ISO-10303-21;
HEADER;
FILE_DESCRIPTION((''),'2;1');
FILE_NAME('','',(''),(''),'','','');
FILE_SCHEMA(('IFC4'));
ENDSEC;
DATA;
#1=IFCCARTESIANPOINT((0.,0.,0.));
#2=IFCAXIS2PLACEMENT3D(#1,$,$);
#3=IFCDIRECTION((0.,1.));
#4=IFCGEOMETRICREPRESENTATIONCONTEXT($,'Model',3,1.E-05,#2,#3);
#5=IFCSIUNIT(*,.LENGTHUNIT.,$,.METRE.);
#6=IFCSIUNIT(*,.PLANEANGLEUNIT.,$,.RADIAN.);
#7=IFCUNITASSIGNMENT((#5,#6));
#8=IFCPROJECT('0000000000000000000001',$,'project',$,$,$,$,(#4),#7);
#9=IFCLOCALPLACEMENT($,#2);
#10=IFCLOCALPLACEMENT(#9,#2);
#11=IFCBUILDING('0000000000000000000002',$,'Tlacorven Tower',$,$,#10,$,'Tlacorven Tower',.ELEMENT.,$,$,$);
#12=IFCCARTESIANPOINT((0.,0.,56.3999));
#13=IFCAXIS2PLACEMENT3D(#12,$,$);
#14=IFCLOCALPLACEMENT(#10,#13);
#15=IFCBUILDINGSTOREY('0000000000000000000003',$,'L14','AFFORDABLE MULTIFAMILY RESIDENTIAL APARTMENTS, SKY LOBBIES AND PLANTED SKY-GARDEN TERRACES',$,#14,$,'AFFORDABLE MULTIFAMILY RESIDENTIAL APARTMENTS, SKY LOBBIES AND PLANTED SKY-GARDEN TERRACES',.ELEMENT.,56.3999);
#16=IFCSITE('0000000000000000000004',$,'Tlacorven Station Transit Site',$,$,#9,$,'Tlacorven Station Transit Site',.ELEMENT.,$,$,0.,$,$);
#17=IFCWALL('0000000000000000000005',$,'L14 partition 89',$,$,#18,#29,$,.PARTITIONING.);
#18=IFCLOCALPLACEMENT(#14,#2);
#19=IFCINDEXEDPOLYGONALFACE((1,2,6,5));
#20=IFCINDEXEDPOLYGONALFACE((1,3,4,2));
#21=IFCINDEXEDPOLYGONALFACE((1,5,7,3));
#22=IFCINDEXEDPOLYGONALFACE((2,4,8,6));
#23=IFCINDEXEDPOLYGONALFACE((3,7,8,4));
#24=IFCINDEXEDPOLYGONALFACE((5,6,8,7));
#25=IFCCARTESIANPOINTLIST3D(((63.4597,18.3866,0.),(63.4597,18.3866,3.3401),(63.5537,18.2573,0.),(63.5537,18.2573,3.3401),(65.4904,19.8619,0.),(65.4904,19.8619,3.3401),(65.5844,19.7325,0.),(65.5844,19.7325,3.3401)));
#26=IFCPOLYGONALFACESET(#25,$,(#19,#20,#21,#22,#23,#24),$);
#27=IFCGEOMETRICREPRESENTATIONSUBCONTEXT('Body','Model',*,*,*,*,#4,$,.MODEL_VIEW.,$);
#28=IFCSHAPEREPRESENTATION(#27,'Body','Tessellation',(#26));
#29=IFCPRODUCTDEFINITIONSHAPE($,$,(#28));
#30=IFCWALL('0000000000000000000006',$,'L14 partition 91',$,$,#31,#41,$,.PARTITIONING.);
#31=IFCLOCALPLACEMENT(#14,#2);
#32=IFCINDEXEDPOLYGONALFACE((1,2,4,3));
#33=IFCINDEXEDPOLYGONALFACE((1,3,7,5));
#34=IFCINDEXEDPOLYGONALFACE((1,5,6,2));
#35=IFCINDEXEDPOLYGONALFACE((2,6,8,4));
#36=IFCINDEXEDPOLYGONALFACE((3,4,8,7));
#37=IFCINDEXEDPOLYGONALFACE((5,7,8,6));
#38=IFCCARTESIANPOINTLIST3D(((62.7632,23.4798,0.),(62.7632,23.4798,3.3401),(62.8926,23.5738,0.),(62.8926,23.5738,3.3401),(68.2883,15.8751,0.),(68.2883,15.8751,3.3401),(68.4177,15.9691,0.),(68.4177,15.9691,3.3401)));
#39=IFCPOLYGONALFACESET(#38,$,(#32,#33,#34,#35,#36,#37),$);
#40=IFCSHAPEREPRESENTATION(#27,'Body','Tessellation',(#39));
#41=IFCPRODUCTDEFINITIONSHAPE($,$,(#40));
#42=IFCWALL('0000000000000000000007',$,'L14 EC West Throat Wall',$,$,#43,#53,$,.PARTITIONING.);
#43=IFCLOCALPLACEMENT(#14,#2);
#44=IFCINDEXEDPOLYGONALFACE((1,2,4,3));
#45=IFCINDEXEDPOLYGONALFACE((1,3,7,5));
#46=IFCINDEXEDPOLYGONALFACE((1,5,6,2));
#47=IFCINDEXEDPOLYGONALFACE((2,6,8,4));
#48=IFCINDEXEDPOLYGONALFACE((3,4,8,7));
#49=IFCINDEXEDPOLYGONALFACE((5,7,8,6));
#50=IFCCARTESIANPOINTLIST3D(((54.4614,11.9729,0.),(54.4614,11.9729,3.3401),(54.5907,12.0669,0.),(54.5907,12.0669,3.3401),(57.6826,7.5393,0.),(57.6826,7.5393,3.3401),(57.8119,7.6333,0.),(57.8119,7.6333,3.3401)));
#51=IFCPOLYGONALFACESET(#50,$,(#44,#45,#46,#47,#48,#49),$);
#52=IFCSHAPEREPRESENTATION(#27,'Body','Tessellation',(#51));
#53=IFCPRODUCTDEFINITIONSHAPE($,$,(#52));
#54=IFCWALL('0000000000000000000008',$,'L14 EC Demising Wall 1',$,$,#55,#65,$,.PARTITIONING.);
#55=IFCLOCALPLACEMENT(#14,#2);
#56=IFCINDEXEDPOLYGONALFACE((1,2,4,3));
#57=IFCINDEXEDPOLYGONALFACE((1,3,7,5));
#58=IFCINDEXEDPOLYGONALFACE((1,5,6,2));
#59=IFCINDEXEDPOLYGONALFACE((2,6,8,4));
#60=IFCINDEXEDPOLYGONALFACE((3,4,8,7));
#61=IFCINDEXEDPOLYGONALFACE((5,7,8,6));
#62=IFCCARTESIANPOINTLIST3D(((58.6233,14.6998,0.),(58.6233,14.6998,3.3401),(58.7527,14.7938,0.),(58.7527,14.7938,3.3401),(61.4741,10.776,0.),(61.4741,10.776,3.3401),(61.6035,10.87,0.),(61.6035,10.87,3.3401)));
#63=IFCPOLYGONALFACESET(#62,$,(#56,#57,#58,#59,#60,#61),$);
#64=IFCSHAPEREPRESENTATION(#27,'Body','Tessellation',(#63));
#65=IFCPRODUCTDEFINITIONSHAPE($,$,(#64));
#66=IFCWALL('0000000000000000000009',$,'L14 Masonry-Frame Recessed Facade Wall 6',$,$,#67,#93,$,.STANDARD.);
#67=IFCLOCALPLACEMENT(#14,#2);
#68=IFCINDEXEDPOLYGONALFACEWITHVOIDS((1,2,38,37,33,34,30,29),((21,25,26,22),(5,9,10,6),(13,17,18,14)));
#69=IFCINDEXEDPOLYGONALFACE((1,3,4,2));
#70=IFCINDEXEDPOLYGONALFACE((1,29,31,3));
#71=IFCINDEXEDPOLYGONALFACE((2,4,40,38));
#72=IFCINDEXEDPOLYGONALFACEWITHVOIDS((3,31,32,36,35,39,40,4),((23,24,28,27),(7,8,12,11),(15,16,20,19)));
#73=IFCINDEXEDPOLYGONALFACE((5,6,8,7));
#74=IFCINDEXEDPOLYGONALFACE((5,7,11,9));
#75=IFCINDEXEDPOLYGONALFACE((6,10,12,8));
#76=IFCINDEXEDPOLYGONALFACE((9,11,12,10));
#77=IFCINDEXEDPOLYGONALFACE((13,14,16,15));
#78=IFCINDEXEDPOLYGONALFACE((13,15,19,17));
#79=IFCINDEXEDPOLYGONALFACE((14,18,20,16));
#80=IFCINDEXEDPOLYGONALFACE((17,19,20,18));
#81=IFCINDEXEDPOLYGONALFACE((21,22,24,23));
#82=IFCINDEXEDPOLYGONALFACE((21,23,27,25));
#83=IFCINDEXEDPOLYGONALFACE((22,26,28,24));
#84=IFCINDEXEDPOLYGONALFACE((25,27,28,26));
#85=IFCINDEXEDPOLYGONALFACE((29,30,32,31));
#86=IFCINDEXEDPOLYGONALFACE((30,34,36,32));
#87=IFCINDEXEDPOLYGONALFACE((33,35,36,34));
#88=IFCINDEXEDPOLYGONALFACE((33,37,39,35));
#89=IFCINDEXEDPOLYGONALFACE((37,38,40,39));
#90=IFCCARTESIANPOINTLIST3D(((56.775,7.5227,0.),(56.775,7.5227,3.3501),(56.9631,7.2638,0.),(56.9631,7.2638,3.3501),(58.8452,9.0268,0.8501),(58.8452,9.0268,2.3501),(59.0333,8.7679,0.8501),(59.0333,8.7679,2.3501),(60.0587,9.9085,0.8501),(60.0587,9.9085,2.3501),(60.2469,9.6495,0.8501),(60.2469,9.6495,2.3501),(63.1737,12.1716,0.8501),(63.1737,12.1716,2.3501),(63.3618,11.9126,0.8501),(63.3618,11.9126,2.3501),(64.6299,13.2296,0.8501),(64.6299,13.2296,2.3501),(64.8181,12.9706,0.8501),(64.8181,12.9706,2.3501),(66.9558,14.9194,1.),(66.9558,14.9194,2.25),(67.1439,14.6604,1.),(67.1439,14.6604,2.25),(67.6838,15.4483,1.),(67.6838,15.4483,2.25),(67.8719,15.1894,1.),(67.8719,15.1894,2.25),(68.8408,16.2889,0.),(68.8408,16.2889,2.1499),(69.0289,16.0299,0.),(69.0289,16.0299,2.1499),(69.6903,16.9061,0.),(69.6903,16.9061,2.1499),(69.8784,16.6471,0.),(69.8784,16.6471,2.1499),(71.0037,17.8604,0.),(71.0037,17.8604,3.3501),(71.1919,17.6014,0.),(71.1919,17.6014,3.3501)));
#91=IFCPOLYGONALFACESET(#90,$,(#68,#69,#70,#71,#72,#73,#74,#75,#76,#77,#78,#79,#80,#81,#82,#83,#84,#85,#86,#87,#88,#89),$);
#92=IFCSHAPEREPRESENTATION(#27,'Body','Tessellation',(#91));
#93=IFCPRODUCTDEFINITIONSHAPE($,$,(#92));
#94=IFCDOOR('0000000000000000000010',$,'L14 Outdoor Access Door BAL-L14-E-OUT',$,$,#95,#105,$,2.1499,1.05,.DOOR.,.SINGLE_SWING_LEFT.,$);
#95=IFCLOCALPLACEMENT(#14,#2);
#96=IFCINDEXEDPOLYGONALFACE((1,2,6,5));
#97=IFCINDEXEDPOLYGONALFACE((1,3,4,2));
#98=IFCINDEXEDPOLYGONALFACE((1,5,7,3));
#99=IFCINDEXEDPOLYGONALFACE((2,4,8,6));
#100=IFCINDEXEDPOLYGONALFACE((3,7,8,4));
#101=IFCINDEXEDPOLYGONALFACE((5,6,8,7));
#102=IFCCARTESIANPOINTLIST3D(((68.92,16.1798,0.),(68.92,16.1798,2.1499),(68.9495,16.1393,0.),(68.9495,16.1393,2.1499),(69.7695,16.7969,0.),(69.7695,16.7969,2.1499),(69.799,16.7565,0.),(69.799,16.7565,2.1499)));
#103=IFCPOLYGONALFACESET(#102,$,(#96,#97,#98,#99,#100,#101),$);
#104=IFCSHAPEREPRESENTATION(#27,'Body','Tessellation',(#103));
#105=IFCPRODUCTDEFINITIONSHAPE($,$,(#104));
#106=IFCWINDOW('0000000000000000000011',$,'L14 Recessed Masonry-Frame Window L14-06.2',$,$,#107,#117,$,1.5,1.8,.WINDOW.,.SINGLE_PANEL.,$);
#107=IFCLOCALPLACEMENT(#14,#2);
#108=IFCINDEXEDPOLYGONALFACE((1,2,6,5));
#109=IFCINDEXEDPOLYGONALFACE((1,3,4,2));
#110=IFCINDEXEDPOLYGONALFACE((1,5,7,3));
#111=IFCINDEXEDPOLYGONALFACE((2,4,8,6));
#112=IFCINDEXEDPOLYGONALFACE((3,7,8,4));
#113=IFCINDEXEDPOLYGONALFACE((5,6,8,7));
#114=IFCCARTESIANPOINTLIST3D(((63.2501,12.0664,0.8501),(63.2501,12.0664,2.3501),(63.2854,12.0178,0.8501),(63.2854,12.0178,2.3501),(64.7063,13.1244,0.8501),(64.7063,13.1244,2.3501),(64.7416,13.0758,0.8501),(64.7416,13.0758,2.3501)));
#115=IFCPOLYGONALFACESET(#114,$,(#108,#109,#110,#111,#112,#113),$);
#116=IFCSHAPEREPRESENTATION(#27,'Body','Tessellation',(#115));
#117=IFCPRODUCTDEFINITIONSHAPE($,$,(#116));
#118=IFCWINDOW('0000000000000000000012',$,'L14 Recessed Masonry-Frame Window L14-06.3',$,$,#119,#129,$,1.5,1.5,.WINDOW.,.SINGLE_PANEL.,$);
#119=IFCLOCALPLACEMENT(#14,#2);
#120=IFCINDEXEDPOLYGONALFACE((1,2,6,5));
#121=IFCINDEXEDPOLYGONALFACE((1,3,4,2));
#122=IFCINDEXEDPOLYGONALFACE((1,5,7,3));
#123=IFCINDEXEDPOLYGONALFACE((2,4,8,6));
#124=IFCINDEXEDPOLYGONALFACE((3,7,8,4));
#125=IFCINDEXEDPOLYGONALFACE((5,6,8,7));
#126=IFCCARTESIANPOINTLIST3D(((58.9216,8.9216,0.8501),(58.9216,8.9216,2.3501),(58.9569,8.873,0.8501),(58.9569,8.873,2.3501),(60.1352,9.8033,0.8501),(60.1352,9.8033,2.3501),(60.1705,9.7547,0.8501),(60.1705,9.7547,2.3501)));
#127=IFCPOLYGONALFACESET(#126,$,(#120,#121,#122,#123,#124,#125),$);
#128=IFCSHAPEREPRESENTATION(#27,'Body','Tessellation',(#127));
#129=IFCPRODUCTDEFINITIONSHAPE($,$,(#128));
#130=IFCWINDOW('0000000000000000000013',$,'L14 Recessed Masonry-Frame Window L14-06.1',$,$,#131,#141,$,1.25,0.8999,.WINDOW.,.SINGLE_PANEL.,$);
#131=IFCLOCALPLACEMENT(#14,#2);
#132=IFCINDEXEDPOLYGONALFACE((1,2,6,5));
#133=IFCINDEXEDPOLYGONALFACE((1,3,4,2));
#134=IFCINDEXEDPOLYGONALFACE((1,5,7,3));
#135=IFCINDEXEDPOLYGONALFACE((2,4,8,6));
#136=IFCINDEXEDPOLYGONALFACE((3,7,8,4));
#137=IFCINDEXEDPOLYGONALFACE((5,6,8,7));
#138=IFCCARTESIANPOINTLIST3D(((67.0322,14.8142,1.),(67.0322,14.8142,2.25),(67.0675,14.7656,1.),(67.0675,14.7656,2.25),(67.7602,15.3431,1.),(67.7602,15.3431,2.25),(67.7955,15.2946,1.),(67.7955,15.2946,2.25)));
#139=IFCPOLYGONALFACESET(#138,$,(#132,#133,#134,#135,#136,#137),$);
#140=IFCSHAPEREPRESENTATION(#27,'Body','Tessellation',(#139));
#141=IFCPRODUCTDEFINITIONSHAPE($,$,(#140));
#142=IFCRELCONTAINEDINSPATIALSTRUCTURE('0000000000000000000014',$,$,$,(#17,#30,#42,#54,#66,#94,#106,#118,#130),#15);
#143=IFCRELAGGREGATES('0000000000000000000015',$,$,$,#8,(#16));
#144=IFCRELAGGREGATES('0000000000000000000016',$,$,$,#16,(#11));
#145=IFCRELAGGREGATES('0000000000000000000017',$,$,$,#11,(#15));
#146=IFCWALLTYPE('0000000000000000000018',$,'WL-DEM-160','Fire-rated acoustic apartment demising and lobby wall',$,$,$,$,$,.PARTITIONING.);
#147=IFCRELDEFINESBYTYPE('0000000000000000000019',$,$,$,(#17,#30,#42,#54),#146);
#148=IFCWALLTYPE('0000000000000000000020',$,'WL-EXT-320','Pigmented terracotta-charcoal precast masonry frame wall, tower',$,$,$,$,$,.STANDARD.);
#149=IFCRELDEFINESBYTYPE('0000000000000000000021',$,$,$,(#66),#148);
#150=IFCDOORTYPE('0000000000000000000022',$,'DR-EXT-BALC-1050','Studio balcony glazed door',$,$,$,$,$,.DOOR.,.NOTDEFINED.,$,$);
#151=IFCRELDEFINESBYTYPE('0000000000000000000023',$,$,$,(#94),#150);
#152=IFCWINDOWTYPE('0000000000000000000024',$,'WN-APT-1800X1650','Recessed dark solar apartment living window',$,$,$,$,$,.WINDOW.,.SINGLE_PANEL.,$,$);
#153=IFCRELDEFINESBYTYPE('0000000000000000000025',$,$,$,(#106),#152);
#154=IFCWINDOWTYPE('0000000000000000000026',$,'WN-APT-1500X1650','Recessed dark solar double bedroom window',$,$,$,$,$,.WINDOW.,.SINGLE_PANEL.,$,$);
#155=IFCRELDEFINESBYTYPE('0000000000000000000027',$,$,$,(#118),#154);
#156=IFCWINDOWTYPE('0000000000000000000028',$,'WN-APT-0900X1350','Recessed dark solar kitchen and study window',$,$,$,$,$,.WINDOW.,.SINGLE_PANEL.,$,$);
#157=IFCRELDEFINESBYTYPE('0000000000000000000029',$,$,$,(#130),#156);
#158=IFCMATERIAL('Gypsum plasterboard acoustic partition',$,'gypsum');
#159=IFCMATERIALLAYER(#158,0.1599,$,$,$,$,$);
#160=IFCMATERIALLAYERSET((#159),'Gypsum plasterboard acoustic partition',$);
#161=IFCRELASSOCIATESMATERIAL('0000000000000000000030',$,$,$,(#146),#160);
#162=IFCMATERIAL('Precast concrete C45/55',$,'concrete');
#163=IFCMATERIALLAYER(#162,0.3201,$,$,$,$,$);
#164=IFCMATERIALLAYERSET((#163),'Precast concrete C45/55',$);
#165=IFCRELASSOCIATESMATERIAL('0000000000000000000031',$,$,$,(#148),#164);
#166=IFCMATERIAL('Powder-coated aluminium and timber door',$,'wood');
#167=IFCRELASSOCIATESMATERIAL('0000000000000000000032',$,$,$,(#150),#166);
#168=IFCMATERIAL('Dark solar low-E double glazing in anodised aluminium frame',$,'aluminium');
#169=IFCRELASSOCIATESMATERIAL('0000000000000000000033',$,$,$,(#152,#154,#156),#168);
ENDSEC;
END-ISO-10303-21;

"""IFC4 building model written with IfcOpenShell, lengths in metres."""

from ifc_helpers import new_model, si_unit, direction, frame, frame_2d, origin, place, context, subcontext, project, spatial, rectangle, extrude, source, transform, mapped, material, layer, layer_set, type_object, element, fill, save


model = new_model("IFC4")

# Units and contexts
model_context = context("Model", 3, precision=1e-05, world=origin(), true_north=direction((0.0, 1.0)))
body_context = subcontext(model_context, "Body", "Model", "MODEL_VIEW")
ifc_project = project(units=[si_unit("LENGTHUNIT", "METRE"), si_unit("PLANEANGLEUNIT", "RADIAN")], contexts=[model_context])

# Site, building, storey
site_placement = place(None, origin())
site = spatial("IfcSite", under=ifc_project, at=site_placement, Name="Tlacorven Station Transit Site", LongName="Tlacorven Station Transit Site", CompositionType="ELEMENT", RefElevation=0.0)
building_placement = place(site_placement, origin())
building = spatial("IfcBuilding", under=site, at=building_placement, Name="Tlacorven Tower", LongName="Tlacorven Tower", CompositionType="ELEMENT")
storey_placement = place(building_placement, frame((0.0, 0.0, 56.3999)))
storey = spatial("IfcBuildingStorey", under=building, at=storey_placement, Name="L14", Description="AFFORDABLE MULTIFAMILY RESIDENTIAL APARTMENTS, SKY LOBBIES AND PLANTED SKY-GARDEN TERRACES", LongName="AFFORDABLE MULTIFAMILY RESIDENTIAL APARTMENTS, SKY LOBBIES AND PLANTED SKY-GARDEN TERRACES", CompositionType="ELEMENT", Elevation=56.3999)

# Walls
ifc_material_1 = material(Name="Gypsum plasterboard acoustic partition", Category="gypsum")
ifc_layer_1 = layer(ifc_material_1, 0.1599)
ifc_layer_set_1 = layer_set([ifc_layer_1], Name="Gypsum plasterboard acoustic partition")
wall_type_1 = type_object("IfcWallType", Name="WL-DEM-160", Description="Fire-rated acoustic apartment demising and lobby wall", PredefinedType="PARTITIONING", material=ifc_layer_set_1)
wall_1_placement = place(storey_placement, frame((63.5068, 18.322, 0.0), z_axis=(0.0, 0.0, 1.0), x_axis=(0.809035, 0.587761, 0.0)))
element("IfcWall", 1, at=wall_1_placement, inside=storey, type_object=wall_type_1, Name="L14 partition 89", PredefinedType="PARTITIONING", context=body_context, shape_type="SweptSolid", body=[
    extrude(rectangle(XDim=2.51, YDim=0.1599, at=frame_2d((1.2549, 0.0))), origin(), (0.0, 0.0, 1.0), 3.3401),
])
wall_2_placement = place(storey_placement, frame((68.353, 15.9221, 0.0), z_axis=(0.0, 0.0, 1.0), x_axis=(-0.587784, 0.809018, 0.0)))
element("IfcWall", 2, at=wall_2_placement, inside=storey, type_object=wall_type_1, Name="L14 partition 91", PredefinedType="PARTITIONING", context=body_context, shape_type="SweptSolid", body=[
    extrude(rectangle(XDim=9.3999, YDim=0.1599, at=frame_2d((4.7, 0.0))), origin(), (0.0, 0.0, 1.0), 3.3401),
])
wall_3_placement = place(storey_placement, frame((57.7473, 7.5862, 0.0), z_axis=(0.0, 0.0, 1.0), x_axis=(-0.587785, 0.809017, 0.0)))
element("IfcWall", 3, at=wall_3_placement, inside=storey, type_object=wall_type_1, Name="L14 EC West Throat Wall", PredefinedType="PARTITIONING", context=body_context, shape_type="SweptSolid", body=[
    extrude(rectangle(XDim=5.4802, YDim=0.1599, at=frame_2d((2.7402, 0.0))), origin(), (0.0, 0.0, 1.0), 3.3401),
])
wall_4_placement = place(storey_placement, frame((61.5388, 10.823, 0.0), z_axis=(0.0, 0.0, 1.0), x_axis=(-0.587786, 0.809017, 0.0)))
element("IfcWall", 4, at=wall_4_placement, inside=storey, type_object=wall_type_1, Name="L14 EC Demising Wall 1", PredefinedType="PARTITIONING", context=body_context, shape_type="SweptSolid", body=[
    extrude(rectangle(XDim=4.8501, YDim=0.1599, at=frame_2d((2.425, 0.0))), origin(), (0.0, 0.0, 1.0), 3.3401),
])

# Wall, openings, door, windows
ifc_material_2 = material(Name="Precast concrete C45/55", Category="concrete")
ifc_layer_2 = layer(ifc_material_2, 0.3201)
ifc_layer_set_2 = layer_set([ifc_layer_2], Name="Precast concrete C45/55")
wall_type_2 = type_object("IfcWallType", Name="WL-EXT-320", Description="Pigmented terracotta-charcoal precast masonry frame wall, tower", PredefinedType="STANDARD", material=ifc_layer_set_2)
wall_5_placement = place(storey_placement, frame((71.0979, 17.731, 0.0), z_axis=(0.0, 0.0, 1.0), x_axis=(-0.809021, -0.58778, 0.0)))
wall_5 = element("IfcWall", 5, at=wall_5_placement, inside=storey, type_object=wall_type_2, Name="L14 Masonry-Frame Recessed Facade Wall 6", PredefinedType="STANDARD", context=body_context, shape_type="SweptSolid", body=[
    extrude(rectangle(XDim=17.5876, YDim=0.3201, at=frame_2d((8.7939, 0.0))), origin(), (0.0, 0.0, 1.0), 3.3501),
])
opening_1_placement = place(wall_5_placement, frame((1.6238, 0.0, 0.0)))
opening_1 = element("IfcOpeningElement", 6, at=opening_1_placement, cuts=wall_5, PredefinedType="OPENING", context=body_context, shape_type="SweptSolid", body=[
    extrude(rectangle(XDim=1.05, YDim=2.1499, at=frame_2d((0.5249, 1.075))), frame((0.0, 0.1699, 0.0), z_axis=(0.0, -1.0, 0.0), x_axis=(1.0, 0.0, 0.0)), (0.0, 0.0, 1.0), 0.3401),
])
opening_2_placement = place(wall_5_placement, frame((4.1038, 0.0, 1.0)))
opening_2 = element("IfcOpeningElement", 7, at=opening_2_placement, cuts=wall_5, PredefinedType="OPENING", context=body_context, shape_type="SweptSolid", body=[
    extrude(rectangle(XDim=0.8999, YDim=1.25, at=frame_2d((0.45, 0.625))), frame((0.0, 0.1699, 0.0), z_axis=(0.0, -1.0, 0.0), x_axis=(1.0, 0.0, 0.0)), (0.0, 0.0, 1.0), 0.3401),
])
opening_3_placement = place(wall_5_placement, frame((7.8787, 0.0, 0.8501)))
opening_3 = element("IfcOpeningElement", 8, at=opening_3_placement, cuts=wall_5, PredefinedType="OPENING", context=body_context, shape_type="SweptSolid", body=[
    extrude(rectangle(XDim=1.8, YDim=1.5, at=frame_2d((0.8999, 0.75))), frame((0.0, 0.1699, 0.0), z_axis=(0.0, -1.0, 0.0), x_axis=(1.0, 0.0, 0.0)), (0.0, 0.0, 1.0), 0.3401),
])
opening_4_placement = place(wall_5_placement, frame((13.5288, 0.0, 0.8501)))
opening_4 = element("IfcOpeningElement", 9, at=opening_4_placement, cuts=wall_5, PredefinedType="OPENING", context=body_context, shape_type="SweptSolid", body=[
    extrude(rectangle(XDim=1.5, YDim=1.5, at=frame_2d((0.75, 0.75))), frame((0.0, 0.1699, 0.0), z_axis=(0.0, -1.0, 0.0), x_axis=(1.0, 0.0, 0.0)), (0.0, 0.0, 1.0), 0.3401),
])
ifc_material_3 = material(Name="Powder-coated aluminium and timber door", Category="wood")
door_type = type_object("IfcDoorType", Name="DR-EXT-BALC-1050", Description="Studio balcony glazed door", OperationType="NOTDEFINED", PredefinedType="DOOR", material=ifc_material_3)
shared_shape_1 = source(origin(), body_context, "Body", "SweptSolid", [
    extrude(rectangle(XDim=1.05, YDim=2.1499, at=frame_2d((0.5249, 1.075))), frame((0.0, 0.0249, 0.0), z_axis=(0.0, -1.0, 0.0), x_axis=(1.0, 0.0, 0.0)), (0.0, 0.0, 1.0), 0.05),
])
door_placement = place(opening_1_placement, origin())
door = element("IfcDoor", 10, at=door_placement, inside=storey, type_object=door_type, Name="L14 Outdoor Access Door BAL-L14-E-OUT", OperationType="SINGLE_SWING_LEFT", OverallHeight=2.1499, OverallWidth=1.05, PredefinedType="DOOR", context=body_context, shape_type="MappedRepresentation", body=[
    mapped(shared_shape_1, transform((0.0, 0.0, 0.0), scale=1.0)),
])
fill(opening_1, door)
ifc_material_4 = material(Name="Dark solar low-E double glazing in anodised aluminium frame", Category="aluminium")
window_type_1 = type_object("IfcWindowType", Name="WN-APT-1800X1650", Description="Recessed dark solar apartment living window", PartitioningType="SINGLE_PANEL", PredefinedType="WINDOW", material=ifc_material_4)
shared_shape_2 = source(origin(), body_context, "Body", "SweptSolid", [
    extrude(rectangle(XDim=1.8, YDim=1.5, at=frame_2d((0.8999, 0.75))), frame((0.0, 0.03, 0.0), z_axis=(0.0, -1.0, 0.0), x_axis=(1.0, 0.0, 0.0)), (0.0, 0.0, 1.0), 0.0601),
])
window_1_placement = place(opening_3_placement, origin())
window_1 = element("IfcWindow", 11, at=window_1_placement, inside=storey, type_object=window_type_1, Name="L14 Recessed Masonry-Frame Window L14-06.2", OverallHeight=1.5, OverallWidth=1.8, PartitioningType="SINGLE_PANEL", PredefinedType="WINDOW", context=body_context, shape_type="MappedRepresentation", body=[
    mapped(shared_shape_2, transform((0.0, 0.0, 0.0), scale=1.0)),
])
fill(opening_3, window_1)
window_type_2 = type_object("IfcWindowType", Name="WN-APT-1500X1650", Description="Recessed dark solar double bedroom window", PartitioningType="SINGLE_PANEL", PredefinedType="WINDOW", material=ifc_material_4)
shared_shape_3 = source(origin(), body_context, "Body", "SweptSolid", [
    extrude(rectangle(XDim=1.5, YDim=1.5, at=frame_2d((0.75, 0.75))), frame((0.0, 0.03, 0.0), z_axis=(0.0, -1.0, 0.0), x_axis=(1.0, 0.0, 0.0)), (0.0, 0.0, 1.0), 0.0601),
])
window_2_placement = place(opening_4_placement, origin())
window_2 = element("IfcWindow", 12, at=window_2_placement, inside=storey, type_object=window_type_2, Name="L14 Recessed Masonry-Frame Window L14-06.3", OverallHeight=1.5, OverallWidth=1.5, PartitioningType="SINGLE_PANEL", PredefinedType="WINDOW", context=body_context, shape_type="MappedRepresentation", body=[
    mapped(shared_shape_3, transform((0.0, 0.0, 0.0), scale=1.0)),
])
fill(opening_4, window_2)
window_type_3 = type_object("IfcWindowType", Name="WN-APT-0900X1350", Description="Recessed dark solar kitchen and study window", PartitioningType="SINGLE_PANEL", PredefinedType="WINDOW", material=ifc_material_4)
shared_shape_4 = source(origin(), body_context, "Body", "SweptSolid", [
    extrude(rectangle(XDim=0.8999, YDim=1.25, at=frame_2d((0.45, 0.625))), frame((0.0, 0.03, 0.0), z_axis=(0.0, -1.0, 0.0), x_axis=(1.0, 0.0, 0.0)), (0.0, 0.0, 1.0), 0.0601),
])
window_3_placement = place(opening_2_placement, origin())
window_3 = element("IfcWindow", 13, at=window_3_placement, inside=storey, type_object=window_type_3, Name="L14 Recessed Masonry-Frame Window L14-06.1", OverallHeight=1.25, OverallWidth=0.8999, PartitioningType="SINGLE_PANEL", PredefinedType="WINDOW", context=body_context, shape_type="MappedRepresentation", body=[
    mapped(shared_shape_4, transform((0.0, 0.0, 0.0), scale=1.0)),
])
fill(opening_2, window_3)

save(model, "model.ifc")
